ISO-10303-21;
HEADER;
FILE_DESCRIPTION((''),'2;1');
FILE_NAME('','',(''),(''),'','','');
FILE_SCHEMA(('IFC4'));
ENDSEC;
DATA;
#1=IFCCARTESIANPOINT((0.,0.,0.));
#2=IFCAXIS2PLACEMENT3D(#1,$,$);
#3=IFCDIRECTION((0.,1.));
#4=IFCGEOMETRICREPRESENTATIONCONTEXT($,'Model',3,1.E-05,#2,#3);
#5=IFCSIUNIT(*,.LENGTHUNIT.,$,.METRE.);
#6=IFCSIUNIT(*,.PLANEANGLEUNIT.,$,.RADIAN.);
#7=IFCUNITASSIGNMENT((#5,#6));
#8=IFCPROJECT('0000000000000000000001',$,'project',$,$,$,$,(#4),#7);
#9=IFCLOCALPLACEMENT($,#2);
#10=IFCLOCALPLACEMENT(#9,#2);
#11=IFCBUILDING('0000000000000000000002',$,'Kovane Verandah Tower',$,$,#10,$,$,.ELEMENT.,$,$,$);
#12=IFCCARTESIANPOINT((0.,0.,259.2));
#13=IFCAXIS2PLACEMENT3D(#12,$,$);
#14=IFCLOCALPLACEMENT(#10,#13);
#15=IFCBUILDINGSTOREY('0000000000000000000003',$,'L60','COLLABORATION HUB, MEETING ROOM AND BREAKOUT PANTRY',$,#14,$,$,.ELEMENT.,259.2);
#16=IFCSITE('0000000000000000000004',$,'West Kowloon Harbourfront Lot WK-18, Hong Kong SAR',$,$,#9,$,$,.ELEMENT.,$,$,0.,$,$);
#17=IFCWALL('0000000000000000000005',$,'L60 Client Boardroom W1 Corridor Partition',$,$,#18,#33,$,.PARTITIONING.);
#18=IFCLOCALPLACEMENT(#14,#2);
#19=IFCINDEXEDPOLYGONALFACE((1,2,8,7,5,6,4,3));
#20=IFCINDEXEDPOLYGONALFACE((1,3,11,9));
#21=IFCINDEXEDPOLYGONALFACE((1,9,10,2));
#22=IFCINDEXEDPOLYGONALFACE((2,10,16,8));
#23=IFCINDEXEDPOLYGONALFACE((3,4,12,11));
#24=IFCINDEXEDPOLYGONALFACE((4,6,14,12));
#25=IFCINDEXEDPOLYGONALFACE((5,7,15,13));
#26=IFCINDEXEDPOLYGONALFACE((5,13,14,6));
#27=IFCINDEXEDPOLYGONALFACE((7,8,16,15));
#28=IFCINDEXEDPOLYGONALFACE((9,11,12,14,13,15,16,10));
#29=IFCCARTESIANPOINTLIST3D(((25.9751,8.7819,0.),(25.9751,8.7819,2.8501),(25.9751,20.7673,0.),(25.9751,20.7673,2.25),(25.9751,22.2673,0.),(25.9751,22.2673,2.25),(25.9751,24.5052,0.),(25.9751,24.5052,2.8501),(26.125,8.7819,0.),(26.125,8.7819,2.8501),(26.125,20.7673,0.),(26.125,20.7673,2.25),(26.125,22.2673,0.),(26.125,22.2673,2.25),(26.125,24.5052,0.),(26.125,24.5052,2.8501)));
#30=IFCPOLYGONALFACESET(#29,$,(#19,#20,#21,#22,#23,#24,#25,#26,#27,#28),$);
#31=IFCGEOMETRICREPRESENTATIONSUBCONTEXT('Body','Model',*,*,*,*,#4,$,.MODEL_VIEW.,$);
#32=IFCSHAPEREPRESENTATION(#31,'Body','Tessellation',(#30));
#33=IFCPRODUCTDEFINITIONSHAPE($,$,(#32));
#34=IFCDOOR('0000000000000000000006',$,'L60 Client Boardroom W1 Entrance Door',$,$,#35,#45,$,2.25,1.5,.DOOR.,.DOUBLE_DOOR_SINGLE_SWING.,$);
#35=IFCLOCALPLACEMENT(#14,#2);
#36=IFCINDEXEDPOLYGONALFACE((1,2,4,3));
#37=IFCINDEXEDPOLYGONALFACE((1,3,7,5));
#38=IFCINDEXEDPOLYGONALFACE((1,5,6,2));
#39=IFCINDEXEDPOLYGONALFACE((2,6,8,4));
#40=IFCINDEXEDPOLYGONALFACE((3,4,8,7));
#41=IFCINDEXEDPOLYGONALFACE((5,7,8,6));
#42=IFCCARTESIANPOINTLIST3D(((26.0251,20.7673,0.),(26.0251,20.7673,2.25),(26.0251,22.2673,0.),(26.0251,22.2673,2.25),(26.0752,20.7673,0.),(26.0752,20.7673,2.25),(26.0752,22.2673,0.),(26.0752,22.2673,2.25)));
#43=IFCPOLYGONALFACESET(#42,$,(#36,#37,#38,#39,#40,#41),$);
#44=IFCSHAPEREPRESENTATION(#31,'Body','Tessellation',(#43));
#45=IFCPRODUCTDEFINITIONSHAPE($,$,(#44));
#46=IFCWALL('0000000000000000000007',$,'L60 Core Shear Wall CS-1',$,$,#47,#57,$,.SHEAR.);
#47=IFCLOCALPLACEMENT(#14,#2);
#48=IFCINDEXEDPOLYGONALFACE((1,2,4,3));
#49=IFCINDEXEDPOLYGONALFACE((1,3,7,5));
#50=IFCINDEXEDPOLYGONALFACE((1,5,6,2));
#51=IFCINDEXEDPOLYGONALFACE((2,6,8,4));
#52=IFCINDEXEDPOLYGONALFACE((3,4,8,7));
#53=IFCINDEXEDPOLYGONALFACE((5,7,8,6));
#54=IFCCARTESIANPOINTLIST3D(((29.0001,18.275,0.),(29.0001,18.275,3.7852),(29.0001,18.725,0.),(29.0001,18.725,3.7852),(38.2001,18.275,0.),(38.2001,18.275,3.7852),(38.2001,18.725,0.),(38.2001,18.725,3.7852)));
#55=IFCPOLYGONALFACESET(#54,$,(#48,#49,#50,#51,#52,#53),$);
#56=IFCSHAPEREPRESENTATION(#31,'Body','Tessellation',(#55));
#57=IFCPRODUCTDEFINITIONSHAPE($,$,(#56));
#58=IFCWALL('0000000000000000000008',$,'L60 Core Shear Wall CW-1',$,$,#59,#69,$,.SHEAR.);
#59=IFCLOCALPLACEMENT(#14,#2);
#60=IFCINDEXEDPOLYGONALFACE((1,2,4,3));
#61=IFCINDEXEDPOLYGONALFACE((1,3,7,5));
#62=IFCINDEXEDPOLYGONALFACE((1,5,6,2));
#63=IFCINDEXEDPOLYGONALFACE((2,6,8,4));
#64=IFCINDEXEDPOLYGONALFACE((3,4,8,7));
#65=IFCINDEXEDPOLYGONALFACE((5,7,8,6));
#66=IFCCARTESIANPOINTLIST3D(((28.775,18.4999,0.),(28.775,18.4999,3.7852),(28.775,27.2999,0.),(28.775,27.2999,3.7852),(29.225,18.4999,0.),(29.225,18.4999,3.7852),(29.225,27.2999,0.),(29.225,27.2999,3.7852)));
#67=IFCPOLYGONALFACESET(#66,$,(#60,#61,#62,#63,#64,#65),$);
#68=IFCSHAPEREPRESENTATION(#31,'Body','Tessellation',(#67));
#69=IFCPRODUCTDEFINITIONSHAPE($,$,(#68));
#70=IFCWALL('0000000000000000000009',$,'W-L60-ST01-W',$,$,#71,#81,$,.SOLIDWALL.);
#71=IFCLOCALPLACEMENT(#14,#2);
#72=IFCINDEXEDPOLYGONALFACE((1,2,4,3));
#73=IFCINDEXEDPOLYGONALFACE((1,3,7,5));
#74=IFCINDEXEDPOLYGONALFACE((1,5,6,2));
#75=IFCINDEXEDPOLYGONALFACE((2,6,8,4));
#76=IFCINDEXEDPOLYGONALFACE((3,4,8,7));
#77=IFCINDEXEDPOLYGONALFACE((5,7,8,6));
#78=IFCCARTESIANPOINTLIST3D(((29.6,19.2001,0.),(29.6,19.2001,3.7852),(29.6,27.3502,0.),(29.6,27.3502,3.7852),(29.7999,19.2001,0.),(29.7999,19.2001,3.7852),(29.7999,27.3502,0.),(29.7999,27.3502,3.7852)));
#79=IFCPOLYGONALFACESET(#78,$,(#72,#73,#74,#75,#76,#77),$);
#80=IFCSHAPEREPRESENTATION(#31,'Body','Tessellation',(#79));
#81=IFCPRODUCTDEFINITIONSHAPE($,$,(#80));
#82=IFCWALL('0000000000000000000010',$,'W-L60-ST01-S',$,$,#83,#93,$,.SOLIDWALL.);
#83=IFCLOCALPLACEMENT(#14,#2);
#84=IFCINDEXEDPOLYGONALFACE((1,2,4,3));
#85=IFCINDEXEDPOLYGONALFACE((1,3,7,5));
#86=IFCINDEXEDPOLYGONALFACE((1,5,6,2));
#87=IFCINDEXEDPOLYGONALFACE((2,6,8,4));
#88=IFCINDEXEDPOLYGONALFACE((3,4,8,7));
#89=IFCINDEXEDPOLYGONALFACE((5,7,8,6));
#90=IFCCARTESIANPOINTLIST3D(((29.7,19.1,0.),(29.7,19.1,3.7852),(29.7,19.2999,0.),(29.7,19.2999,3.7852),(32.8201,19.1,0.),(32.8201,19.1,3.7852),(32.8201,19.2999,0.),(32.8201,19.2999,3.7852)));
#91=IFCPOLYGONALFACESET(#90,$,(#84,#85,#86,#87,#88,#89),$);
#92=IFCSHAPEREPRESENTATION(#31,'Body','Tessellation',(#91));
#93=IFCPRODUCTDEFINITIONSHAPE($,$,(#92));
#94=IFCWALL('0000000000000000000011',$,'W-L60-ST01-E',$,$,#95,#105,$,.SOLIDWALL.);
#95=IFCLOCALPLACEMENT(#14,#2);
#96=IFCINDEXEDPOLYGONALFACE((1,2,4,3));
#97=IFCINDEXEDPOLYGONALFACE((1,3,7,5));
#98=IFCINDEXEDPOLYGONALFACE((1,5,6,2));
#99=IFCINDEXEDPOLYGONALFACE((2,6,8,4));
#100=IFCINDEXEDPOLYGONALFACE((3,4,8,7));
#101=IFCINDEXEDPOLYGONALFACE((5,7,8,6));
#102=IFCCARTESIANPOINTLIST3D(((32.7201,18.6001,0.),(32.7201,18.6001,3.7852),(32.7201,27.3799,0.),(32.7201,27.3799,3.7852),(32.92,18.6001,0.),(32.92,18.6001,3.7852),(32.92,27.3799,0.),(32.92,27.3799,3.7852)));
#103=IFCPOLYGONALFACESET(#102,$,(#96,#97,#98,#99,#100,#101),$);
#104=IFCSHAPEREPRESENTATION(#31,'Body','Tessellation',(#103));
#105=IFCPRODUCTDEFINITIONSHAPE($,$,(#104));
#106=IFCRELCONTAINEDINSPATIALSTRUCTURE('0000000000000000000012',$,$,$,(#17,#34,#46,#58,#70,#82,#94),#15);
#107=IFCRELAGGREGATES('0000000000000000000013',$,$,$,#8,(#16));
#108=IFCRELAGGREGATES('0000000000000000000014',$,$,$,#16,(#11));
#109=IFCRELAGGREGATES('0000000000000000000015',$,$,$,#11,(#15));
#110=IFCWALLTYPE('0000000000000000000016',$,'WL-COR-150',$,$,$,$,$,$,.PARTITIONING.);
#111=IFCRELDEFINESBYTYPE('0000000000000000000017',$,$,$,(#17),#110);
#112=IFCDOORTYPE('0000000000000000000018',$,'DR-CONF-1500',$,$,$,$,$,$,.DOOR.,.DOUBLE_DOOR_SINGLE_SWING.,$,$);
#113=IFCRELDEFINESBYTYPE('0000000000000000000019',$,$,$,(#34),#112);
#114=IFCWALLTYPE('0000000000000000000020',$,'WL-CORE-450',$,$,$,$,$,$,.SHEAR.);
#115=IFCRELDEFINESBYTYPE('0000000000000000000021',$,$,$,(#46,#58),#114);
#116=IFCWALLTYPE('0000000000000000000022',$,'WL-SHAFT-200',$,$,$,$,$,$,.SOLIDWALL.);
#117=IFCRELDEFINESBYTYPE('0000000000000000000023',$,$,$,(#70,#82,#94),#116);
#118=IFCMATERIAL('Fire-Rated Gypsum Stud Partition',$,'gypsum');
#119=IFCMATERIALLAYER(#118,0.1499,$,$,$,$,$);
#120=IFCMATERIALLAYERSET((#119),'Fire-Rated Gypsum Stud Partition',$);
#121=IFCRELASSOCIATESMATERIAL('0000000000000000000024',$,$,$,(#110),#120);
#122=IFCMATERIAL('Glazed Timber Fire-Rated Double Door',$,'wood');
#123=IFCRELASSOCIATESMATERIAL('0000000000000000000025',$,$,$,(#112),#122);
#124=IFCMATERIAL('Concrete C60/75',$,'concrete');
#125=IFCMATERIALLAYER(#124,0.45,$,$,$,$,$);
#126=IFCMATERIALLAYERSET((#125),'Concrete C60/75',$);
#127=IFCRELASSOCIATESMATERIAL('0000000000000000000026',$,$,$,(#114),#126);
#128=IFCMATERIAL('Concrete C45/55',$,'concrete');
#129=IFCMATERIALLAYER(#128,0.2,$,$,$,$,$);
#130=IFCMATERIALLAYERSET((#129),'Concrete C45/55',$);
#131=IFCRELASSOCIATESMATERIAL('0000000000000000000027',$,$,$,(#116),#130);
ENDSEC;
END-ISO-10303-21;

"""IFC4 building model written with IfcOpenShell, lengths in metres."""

from ifc_helpers import new_model, si_unit, direction, frame, frame_2d, origin, place, context, subcontext, project, spatial, rectangle, extrude, material, layer, layer_set, type_object, element, fill, save


model = new_model("IFC4")

# Units and contexts
model_context = context("Model", 3, precision=1e-05, world=origin(), true_north=direction((0.0, 1.0)))
body_context = subcontext(model_context, "Body", "Model", "MODEL_VIEW")
ifc_project = project(units=[si_unit("LENGTHUNIT", "METRE"), si_unit("PLANEANGLEUNIT", "RADIAN")], contexts=[model_context])

# Site, building, storey
site_placement = place(None, origin())
site = spatial("IfcSite", under=ifc_project, at=site_placement, Name="West Kowloon Harbourfront Lot WK-18, Hong Kong SAR", CompositionType="ELEMENT", RefElevation=0.0)
building_placement = place(site_placement, origin())
building = spatial("IfcBuilding", under=site, at=building_placement, Name="Kovane Verandah Tower", CompositionType="ELEMENT")
storey_placement = place(building_placement, frame((0.0, 0.0, 259.2)))
storey = spatial("IfcBuildingStorey", under=building, at=storey_placement, Name="L60", Description="COLLABORATION HUB, MEETING ROOM AND BREAKOUT PANTRY", CompositionType="ELEMENT", Elevation=259.2)

# Shared definitions
ifc_material_1 = material(Name="Concrete C60/75", Category="concrete")

# Wall, opening, door
ifc_material_2 = material(Name="Fire-Rated Gypsum Stud Partition", Category="gypsum")
ifc_layer_1 = layer(ifc_material_2, 0.1499)
ifc_layer_set_1 = layer_set([ifc_layer_1], Name="Fire-Rated Gypsum Stud Partition")
wall_type_1 = type_object("IfcWallType", Name="WL-COR-150", PredefinedType="PARTITIONING", material=ifc_layer_set_1)
wall_1_placement = place(storey_placement, frame((26.05, 8.7817, 0.0), z_axis=(0.0, 0.0, 1.0), x_axis=(0.0, 1.0, 0.0)))
wall_1 = element("IfcWall", 1, at=wall_1_placement, inside=storey, type_object=wall_type_1, Name="L60 Client Boardroom W1 Corridor Partition", PredefinedType="PARTITIONING", context=body_context, shape_type="SweptSolid", body=[
    extrude(rectangle(XDim=15.7234, YDim=0.1499, at=frame_2d((7.8618, 0.0))), origin(), (0.0, 0.0, 1.0), 2.8501),
])
opening_1_placement = place(wall_1_placement, frame((11.9856, 0.0, 0.0)))
opening_1 = element("IfcOpeningElement", 2, at=opening_1_placement, cuts=wall_1, PredefinedType="OPENING", context=body_context, shape_type="SweptSolid", body=[
    extrude(rectangle(XDim=1.5, YDim=2.25, at=frame_2d((0.75, 1.125))), frame((0.0, 0.075, 0.0), z_axis=(0.0, -1.0, 0.0), x_axis=(1.0, 0.0, 0.0)), (0.0, 0.0, 1.0), 0.1499),
])
ifc_material_3 = material(Name="Glazed Timber Fire-Rated Double Door", Category="wood")
door_type_1 = type_object("IfcDoorType", Name="DR-CONF-1500", OperationType="DOUBLE_DOOR_SINGLE_SWING", PredefinedType="DOOR", material=ifc_material_3)
door_1_placement = place(opening_1_placement, origin())
door_1 = element("IfcDoor", 3, at=door_1_placement, inside=storey, type_object=door_type_1, Name="L60 Client Boardroom W1 Entrance Door", OperationType="DOUBLE_DOOR_SINGLE_SWING", OverallHeight=2.25, OverallWidth=1.5, PredefinedType="DOOR", context=body_context, shape_type="SweptSolid", body=[
    extrude(rectangle(XDim=1.5, YDim=2.25, at=frame_2d((0.75, 1.125))), frame((0.0, 0.0249, 0.0), z_axis=(0.0, -1.0, 0.0), x_axis=(1.0, 0.0, 0.0)), (0.0, 0.0, 1.0), 0.05),
])
fill(opening_1, door_1)

# Walls
ifc_layer_2 = layer(ifc_material_1, 0.45)
ifc_layer_set_2 = layer_set([ifc_layer_2], Name="Concrete C60/75")
wall_type_2 = type_object("IfcWallType", Name="WL-CORE-450", PredefinedType="SHEAR", material=ifc_layer_set_2)
wall_2_placement = place(storey_placement, frame((29.0, 18.5, 0.0), z_axis=(0.0, 0.0, 1.0), x_axis=(1.0, 0.0, 0.0)))
element("IfcWall", 4, at=wall_2_placement, inside=storey, type_object=wall_type_2, Name="L60 Core Shear Wall CS-1", PredefinedType="SHEAR", context=body_context, shape_type="SweptSolid", body=[
    extrude(rectangle(XDim=9.2, YDim=0.45, at=frame_2d((4.6001, 0.0))), origin(), (0.0, 0.0, 1.0), 3.7852),
])
wall_3_placement = place(storey_placement, frame((29.0, 18.5, 0.0), z_axis=(0.0, 0.0, 1.0), x_axis=(0.0, 1.0, 0.0)))
element("IfcWall", 5, at=wall_3_placement, inside=storey, type_object=wall_type_2, Name="L60 Core Shear Wall CW-1", PredefinedType="SHEAR", context=body_context, shape_type="SweptSolid", body=[
    extrude(rectangle(XDim=8.8, YDim=0.45, at=frame_2d((4.3999, 0.0))), origin(), (0.0, 0.0, 1.0), 3.7852),
])
ifc_material_4 = material(Name="Concrete C45/55", Category="concrete")
ifc_layer_3 = layer(ifc_material_4, 0.2)
ifc_layer_set_3 = layer_set([ifc_layer_3], Name="Concrete C45/55")
wall_type_3 = type_object("IfcWallType", Name="WL-SHAFT-200", PredefinedType="SOLIDWALL", material=ifc_layer_set_3)
wall_4_placement = place(storey_placement, frame((29.7, 19.2, 0.0), z_axis=(0.0, 0.0, 1.0), x_axis=(0.0, 1.0, 0.0)))
element("IfcWall", 6, at=wall_4_placement, inside=storey, type_object=wall_type_3, Name="W-L60-ST01-W", PredefinedType="SOLIDWALL", context=body_context, shape_type="SweptSolid", body=[
    extrude(rectangle(XDim=8.1501, YDim=0.2, at=frame_2d((4.0752, 0.0))), origin(), (0.0, 0.0, 1.0), 3.7852),
])
wall_5_placement = place(storey_placement, frame((29.7, 19.2, 0.0), z_axis=(0.0, 0.0, 1.0), x_axis=(1.0, 0.0, 0.0)))
element("IfcWall", 7, at=wall_5_placement, inside=storey, type_object=wall_type_3, Name="W-L60-ST01-S", PredefinedType="SOLIDWALL", context=body_context, shape_type="SweptSolid", body=[
    extrude(rectangle(XDim=3.1201, YDim=0.2, at=frame_2d((1.5601, 0.0))), origin(), (0.0, 0.0, 1.0), 3.7852),
])
wall_6_placement = place(storey_placement, frame((32.8201, 18.6001, 0.0), z_axis=(0.0, 0.0, 1.0), x_axis=(0.0, 1.0, 0.0)))
element("IfcWall", 8, at=wall_6_placement, inside=storey, type_object=wall_type_3, Name="W-L60-ST01-E", PredefinedType="SOLIDWALL", context=body_context, shape_type="SweptSolid", body=[
    extrude(rectangle(XDim=8.7798, YDim=0.2, at=frame_2d((4.3899, 0.0))), origin(), (0.0, 0.0, 1.0), 3.7852),
])

save(model, "model.ifc")
